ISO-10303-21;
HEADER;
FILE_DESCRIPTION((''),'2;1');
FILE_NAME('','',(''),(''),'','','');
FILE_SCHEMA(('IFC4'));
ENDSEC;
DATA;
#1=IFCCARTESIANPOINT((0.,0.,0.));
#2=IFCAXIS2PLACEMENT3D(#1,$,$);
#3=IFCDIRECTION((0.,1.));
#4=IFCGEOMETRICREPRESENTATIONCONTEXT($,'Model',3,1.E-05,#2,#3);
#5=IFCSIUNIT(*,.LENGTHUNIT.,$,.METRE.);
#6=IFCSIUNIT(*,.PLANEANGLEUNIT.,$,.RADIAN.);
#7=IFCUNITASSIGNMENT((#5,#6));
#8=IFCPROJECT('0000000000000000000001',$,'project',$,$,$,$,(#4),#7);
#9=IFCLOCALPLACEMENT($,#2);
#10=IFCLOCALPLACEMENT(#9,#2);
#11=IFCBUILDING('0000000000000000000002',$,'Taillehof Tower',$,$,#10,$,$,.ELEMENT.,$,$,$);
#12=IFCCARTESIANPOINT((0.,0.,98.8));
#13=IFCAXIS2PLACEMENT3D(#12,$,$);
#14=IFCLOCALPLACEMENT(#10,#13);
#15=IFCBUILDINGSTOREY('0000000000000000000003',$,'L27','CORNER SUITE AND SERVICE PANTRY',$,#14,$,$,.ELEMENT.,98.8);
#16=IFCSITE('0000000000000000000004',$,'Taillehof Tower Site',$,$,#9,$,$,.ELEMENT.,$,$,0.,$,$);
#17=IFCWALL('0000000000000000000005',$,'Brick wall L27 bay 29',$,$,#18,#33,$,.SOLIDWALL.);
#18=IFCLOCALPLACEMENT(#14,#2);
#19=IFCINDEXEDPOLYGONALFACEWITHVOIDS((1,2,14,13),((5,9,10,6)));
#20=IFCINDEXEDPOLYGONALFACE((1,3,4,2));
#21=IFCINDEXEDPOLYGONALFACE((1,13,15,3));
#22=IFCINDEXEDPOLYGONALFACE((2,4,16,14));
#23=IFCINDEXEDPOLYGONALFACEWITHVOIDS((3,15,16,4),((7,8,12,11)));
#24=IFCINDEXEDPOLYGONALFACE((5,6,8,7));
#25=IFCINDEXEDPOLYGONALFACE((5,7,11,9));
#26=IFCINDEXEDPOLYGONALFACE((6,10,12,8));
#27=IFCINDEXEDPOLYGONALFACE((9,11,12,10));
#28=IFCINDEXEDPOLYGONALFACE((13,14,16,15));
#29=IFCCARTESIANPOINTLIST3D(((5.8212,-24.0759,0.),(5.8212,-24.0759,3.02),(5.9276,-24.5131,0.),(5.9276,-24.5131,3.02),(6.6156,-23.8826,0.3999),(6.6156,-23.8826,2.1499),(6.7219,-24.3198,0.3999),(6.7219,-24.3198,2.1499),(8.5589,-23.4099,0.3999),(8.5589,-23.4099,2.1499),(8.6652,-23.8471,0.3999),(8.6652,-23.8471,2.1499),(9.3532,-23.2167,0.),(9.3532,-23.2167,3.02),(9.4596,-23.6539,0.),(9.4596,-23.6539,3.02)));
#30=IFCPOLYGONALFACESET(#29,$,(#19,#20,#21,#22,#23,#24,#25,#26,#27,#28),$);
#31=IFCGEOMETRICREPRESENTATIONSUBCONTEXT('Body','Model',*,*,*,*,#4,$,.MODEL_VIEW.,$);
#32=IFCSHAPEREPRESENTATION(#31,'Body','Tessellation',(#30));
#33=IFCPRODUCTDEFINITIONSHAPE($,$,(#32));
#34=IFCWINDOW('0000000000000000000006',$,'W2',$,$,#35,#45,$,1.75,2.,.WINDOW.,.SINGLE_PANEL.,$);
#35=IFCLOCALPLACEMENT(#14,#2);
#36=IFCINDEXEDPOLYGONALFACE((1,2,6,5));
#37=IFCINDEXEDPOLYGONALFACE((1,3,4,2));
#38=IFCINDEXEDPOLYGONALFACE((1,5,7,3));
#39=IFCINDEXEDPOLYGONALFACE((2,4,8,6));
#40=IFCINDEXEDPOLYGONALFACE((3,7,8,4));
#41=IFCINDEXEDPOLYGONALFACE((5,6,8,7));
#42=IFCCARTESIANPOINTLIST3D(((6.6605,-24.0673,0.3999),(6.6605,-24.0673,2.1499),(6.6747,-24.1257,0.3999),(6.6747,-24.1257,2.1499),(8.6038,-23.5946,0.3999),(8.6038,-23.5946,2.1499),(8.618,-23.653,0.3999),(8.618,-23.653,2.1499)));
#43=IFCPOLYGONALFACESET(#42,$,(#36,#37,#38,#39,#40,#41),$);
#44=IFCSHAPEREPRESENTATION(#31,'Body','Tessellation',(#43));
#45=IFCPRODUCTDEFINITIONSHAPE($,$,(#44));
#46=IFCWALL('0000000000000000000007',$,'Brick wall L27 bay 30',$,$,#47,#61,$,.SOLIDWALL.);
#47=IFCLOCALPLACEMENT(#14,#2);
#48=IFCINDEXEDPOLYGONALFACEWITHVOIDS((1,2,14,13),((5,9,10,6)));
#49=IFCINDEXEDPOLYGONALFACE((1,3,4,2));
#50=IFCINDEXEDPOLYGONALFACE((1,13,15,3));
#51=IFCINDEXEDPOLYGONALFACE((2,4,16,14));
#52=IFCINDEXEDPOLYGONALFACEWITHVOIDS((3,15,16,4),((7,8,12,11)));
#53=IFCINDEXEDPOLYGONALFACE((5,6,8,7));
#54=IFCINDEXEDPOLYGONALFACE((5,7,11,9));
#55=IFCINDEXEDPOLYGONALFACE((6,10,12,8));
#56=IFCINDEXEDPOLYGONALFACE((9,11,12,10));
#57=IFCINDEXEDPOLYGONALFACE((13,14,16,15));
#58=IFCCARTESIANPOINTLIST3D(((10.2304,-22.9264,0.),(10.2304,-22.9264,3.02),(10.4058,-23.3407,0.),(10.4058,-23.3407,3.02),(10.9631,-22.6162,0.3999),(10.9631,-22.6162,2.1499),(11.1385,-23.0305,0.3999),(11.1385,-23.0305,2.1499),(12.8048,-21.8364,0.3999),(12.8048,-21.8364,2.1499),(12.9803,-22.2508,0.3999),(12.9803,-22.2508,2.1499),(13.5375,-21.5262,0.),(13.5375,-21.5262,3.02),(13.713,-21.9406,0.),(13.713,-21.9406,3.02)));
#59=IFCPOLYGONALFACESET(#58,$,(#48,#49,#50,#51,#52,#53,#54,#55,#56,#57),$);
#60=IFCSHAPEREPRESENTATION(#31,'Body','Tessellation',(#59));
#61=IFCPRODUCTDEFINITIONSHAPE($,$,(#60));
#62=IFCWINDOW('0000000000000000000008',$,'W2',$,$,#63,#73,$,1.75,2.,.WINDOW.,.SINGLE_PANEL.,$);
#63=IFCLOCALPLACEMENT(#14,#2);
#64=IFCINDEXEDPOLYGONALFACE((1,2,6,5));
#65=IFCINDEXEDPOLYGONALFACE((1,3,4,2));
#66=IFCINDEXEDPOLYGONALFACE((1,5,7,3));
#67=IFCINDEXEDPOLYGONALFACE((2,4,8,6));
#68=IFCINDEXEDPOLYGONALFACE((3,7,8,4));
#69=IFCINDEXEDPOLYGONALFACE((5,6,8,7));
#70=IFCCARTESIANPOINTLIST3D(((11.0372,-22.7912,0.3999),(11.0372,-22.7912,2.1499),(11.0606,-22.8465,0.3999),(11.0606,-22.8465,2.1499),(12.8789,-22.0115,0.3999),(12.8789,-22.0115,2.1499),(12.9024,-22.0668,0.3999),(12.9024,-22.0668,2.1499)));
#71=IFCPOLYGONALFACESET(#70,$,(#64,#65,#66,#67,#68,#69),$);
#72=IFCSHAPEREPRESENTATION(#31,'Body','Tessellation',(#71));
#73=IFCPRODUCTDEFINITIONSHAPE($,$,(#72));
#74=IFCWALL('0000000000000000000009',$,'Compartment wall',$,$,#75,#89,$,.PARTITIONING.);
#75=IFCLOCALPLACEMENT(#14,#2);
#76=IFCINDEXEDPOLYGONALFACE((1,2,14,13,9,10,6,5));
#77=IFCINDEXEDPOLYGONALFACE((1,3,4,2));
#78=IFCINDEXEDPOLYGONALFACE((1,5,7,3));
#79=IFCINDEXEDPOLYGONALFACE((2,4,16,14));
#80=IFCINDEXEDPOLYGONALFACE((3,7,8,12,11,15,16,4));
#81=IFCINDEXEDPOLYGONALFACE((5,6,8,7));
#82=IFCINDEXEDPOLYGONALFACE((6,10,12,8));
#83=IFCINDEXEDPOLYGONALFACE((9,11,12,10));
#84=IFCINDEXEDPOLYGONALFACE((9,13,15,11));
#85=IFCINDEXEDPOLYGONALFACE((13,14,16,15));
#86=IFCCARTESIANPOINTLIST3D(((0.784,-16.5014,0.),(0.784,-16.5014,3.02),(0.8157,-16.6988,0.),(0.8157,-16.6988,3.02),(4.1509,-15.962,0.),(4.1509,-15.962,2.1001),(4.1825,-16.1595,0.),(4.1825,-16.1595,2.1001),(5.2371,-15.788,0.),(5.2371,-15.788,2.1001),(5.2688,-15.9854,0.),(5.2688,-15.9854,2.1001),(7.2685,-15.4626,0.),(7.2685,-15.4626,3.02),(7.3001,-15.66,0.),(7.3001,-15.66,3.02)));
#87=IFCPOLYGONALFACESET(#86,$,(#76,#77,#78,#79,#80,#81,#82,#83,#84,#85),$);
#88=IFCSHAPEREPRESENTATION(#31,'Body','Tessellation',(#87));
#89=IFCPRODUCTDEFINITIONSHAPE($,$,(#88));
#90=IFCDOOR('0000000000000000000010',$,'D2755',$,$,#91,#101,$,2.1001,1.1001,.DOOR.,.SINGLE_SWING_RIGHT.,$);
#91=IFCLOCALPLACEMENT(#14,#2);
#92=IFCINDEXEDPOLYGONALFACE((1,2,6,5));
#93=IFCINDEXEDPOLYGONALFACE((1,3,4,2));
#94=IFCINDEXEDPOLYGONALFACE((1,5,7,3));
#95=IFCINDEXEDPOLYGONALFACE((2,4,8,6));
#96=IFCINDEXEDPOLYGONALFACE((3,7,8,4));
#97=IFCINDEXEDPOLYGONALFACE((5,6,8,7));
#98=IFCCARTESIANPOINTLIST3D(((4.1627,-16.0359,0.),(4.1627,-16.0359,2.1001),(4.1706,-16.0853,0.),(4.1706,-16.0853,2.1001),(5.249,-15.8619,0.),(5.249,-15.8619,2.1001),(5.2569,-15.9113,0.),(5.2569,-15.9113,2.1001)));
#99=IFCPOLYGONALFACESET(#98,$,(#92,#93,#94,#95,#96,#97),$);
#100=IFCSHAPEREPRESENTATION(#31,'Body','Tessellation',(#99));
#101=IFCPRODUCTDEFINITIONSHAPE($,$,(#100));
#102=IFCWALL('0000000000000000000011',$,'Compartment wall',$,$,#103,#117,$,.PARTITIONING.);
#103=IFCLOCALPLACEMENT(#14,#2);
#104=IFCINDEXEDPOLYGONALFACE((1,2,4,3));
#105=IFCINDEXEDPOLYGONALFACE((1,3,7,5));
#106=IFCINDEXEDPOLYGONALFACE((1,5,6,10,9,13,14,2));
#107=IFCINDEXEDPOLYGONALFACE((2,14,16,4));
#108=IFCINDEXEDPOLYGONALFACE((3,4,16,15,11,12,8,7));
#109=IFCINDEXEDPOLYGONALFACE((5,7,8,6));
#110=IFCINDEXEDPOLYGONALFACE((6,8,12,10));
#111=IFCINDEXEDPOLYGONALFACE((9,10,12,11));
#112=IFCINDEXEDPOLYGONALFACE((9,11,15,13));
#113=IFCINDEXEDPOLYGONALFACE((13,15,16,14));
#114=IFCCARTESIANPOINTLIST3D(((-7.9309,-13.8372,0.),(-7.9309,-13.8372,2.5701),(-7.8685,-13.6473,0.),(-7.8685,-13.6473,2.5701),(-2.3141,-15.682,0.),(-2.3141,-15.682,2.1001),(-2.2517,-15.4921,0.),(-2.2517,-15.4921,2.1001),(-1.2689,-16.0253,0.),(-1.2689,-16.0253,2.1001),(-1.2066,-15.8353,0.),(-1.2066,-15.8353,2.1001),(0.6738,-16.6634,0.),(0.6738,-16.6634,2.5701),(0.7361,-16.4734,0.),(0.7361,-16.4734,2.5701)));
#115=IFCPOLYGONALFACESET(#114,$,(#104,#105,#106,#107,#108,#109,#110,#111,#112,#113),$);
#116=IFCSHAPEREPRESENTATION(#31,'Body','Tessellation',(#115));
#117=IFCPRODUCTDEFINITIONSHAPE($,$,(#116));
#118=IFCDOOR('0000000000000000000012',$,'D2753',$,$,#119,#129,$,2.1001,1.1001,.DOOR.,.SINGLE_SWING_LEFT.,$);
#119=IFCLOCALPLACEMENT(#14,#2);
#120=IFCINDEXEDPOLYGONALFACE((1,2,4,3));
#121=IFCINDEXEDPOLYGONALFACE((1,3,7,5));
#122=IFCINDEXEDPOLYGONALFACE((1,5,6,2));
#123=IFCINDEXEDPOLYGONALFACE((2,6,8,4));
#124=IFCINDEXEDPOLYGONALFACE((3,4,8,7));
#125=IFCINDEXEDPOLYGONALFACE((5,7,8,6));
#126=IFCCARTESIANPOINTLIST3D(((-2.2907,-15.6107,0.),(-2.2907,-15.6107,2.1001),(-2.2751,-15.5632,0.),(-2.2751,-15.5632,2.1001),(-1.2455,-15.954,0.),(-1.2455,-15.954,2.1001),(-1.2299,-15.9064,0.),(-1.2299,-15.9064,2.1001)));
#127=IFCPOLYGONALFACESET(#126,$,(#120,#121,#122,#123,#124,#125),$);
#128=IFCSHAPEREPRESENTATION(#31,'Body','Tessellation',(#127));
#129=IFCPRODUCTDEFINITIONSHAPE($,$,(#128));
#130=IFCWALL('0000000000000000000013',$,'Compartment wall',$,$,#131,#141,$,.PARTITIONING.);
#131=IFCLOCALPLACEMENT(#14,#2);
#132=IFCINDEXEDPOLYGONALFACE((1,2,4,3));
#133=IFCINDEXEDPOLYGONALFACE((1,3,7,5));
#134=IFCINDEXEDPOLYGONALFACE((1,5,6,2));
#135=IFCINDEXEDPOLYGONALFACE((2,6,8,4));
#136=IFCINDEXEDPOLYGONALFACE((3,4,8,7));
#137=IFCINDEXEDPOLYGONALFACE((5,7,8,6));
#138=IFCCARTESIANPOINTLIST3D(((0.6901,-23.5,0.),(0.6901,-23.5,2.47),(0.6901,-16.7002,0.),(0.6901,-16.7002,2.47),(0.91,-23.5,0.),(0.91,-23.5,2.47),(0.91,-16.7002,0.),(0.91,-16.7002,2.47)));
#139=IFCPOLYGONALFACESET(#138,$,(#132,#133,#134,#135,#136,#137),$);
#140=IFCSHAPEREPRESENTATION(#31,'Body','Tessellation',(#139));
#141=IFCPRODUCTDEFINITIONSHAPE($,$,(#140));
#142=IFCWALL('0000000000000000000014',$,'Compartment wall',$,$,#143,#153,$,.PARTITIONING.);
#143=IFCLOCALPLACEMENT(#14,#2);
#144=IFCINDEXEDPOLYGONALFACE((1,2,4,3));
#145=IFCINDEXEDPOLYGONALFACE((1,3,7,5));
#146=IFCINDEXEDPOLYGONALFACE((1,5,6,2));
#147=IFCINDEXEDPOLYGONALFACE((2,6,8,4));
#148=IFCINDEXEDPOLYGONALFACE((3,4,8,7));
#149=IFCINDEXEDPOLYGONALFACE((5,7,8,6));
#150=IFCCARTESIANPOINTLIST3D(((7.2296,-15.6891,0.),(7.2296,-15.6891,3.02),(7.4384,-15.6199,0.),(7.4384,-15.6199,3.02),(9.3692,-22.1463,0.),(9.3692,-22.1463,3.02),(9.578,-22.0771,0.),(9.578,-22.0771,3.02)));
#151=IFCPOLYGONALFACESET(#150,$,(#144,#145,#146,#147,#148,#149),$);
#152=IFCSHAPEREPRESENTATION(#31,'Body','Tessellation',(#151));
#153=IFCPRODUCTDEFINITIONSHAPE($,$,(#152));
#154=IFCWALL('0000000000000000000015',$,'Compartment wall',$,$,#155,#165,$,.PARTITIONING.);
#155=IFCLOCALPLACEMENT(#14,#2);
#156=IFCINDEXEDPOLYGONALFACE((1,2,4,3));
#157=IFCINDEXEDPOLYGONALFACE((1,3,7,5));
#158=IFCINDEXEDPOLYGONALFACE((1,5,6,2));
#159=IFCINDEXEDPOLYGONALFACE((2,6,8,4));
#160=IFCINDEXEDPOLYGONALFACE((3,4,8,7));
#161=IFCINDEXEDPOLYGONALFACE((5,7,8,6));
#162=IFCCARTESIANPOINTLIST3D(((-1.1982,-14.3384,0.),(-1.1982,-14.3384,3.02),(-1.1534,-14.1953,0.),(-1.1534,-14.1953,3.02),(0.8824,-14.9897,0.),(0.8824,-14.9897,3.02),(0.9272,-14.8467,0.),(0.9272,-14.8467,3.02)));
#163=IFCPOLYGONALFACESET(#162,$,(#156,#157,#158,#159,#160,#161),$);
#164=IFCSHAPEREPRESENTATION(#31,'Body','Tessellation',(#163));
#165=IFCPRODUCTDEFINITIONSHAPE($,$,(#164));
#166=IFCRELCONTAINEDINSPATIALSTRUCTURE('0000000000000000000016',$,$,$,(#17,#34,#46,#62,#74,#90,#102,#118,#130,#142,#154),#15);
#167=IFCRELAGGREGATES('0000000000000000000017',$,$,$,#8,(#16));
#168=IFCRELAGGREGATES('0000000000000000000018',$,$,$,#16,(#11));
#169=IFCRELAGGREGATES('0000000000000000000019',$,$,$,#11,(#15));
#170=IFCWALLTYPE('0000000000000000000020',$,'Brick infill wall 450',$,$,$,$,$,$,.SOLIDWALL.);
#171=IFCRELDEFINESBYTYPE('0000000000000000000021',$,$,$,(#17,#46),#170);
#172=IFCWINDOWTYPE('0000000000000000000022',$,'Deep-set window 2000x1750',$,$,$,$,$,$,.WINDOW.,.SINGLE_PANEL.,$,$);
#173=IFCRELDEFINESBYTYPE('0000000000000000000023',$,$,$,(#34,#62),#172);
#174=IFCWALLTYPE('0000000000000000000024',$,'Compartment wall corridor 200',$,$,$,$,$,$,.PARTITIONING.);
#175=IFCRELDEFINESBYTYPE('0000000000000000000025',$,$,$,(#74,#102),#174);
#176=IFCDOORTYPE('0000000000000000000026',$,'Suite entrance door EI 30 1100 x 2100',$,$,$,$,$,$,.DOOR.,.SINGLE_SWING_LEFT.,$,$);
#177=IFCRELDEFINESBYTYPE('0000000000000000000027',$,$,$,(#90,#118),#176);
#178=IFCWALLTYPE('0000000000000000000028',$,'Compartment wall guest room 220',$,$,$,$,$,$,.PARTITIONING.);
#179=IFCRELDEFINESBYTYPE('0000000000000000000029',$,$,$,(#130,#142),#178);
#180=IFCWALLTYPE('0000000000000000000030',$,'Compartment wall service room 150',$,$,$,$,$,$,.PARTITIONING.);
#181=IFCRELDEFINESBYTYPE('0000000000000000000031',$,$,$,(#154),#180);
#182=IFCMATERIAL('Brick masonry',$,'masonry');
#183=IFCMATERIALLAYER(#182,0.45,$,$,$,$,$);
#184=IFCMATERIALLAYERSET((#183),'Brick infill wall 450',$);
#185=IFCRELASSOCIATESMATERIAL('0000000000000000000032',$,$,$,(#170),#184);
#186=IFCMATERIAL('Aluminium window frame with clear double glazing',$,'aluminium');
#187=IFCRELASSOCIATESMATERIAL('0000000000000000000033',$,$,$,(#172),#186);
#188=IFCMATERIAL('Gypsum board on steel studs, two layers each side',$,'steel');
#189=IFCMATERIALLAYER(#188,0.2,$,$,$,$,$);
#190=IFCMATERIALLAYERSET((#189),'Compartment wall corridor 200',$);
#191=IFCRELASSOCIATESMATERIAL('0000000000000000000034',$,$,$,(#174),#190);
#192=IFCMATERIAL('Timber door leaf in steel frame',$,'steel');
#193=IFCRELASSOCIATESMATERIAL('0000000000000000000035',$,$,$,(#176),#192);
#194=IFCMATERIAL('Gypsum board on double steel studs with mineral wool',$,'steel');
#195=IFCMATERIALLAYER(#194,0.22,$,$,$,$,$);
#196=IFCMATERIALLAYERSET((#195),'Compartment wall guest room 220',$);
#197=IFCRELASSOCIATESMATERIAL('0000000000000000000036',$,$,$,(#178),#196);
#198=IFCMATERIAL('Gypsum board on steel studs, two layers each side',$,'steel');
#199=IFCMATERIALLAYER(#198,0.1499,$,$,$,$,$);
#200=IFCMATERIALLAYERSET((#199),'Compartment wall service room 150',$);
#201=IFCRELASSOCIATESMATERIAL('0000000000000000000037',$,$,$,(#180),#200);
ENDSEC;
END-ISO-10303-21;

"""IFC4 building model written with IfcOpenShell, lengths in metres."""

from ifc_helpers import new_model, si_unit, direction, frame, frame_2d, origin, place, context, subcontext, project, spatial, rectangle, extrude, material, layer, layer_set, type_object, element, fill, save


model = new_model("IFC4")

# Units and contexts
model_context = context("Model", 3, precision=1e-05, world=origin(), true_north=direction((0.0, 1.0)))
body_context = subcontext(model_context, "Body", "Model", "MODEL_VIEW")
ifc_project = project(units=[si_unit("LENGTHUNIT", "METRE"), si_unit("PLANEANGLEUNIT", "RADIAN")], contexts=[model_context])

# Site, building, storey
site_placement = place(None, origin())
site = spatial("IfcSite", under=ifc_project, at=site_placement, Name="Taillehof Tower Site", CompositionType="ELEMENT", RefElevation=0.0)
building_placement = place(site_placement, origin())
building = spatial("IfcBuilding", under=site, at=building_placement, Name="Taillehof Tower", CompositionType="ELEMENT")
storey_placement = place(building_placement, frame((0.0, 0.0, 98.8)))
storey = spatial("IfcBuildingStorey", under=building, at=storey_placement, Name="L27", Description="CORNER SUITE AND SERVICE PANTRY", CompositionType="ELEMENT", Elevation=98.8)

# Walls, openings, windows
ifc_material_1 = material(Name="Brick masonry", Category="masonry")
ifc_layer_1 = layer(ifc_material_1, 0.45)
ifc_layer_set_1 = layer_set([ifc_layer_1], Name="Brick infill wall 450")
wall_type_1 = type_object("IfcWallType", Name="Brick infill wall 450", PredefinedType="SOLIDWALL", material=ifc_layer_set_1)
ifc_material_2 = material(Name="Aluminium window frame with clear double glazing", Category="aluminium")
window_type = type_object("IfcWindowType", Name="Deep-set window 2000x1750", PartitioningType="SINGLE_PANEL", PredefinedType="WINDOW", material=ifc_material_2)
wall_1_placement = place(storey_placement, frame((5.8745, -24.2944, 0.0), z_axis=(0.0, 0.0, 1.0), x_axis=(0.971668, 0.236352, 0.0)))
wall_1 = element("IfcWall", 1, at=wall_1_placement, inside=storey, type_object=wall_type_1, Name="Brick wall L27 bay 29", PredefinedType="SOLIDWALL", context=body_context, shape_type="SweptSolid", body=[
    extrude(rectangle(XDim=3.635, YDim=0.45, at=frame_2d((1.8174, 0.0))), origin(), (0.0, 0.0, 1.0), 3.02),
])
opening_1_placement = place(wall_1_placement, frame((0.8174, 0.0, 0.3999)))
opening_1 = element("IfcOpeningElement", 2, at=opening_1_placement, cuts=wall_1, PredefinedType="OPENING", context=body_context, shape_type="SweptSolid", body=[
    extrude(rectangle(XDim=2.0, YDim=1.75, at=frame_2d((1.0, 0.875))), frame((0.0, 0.2349, 0.0), z_axis=(0.0, -1.0, 0.0), x_axis=(1.0, 0.0, 0.0)), (0.0, 0.0, 1.0), 0.47),
])
window_1_placement = place(opening_1_placement, origin())
window_1 = element("IfcWindow", 3, at=window_1_placement, inside=storey, type_object=window_type, Name="W2", OverallHeight=1.75, OverallWidth=2.0, PartitioningType="SINGLE_PANEL", PredefinedType="WINDOW", context=body_context, shape_type="SweptSolid", body=[
    extrude(rectangle(XDim=2.0, YDim=1.75, at=frame_2d((1.0, 0.875))), frame((0.0, 0.0349, 0.0), z_axis=(0.0, -1.0, 0.0), x_axis=(1.0, 0.0, 0.0)), (0.0, 0.0, 1.0), 0.0601),
])
fill(opening_1, window_1)
wall_2_placement = place(storey_placement, frame((10.3181, -23.1335, 0.0), z_axis=(0.0, 0.0, 1.0), x_axis=(0.92087, 0.389871, 0.0)))
wall_2 = element("IfcWall", 4, at=wall_2_placement, inside=storey, type_object=wall_type_1, Name="Brick wall L27 bay 30", PredefinedType="SOLIDWALL", context=body_context, shape_type="SweptSolid", body=[
    extrude(rectangle(XDim=3.5913, YDim=0.45, at=frame_2d((1.7957, 0.0))), origin(), (0.0, 0.0, 1.0), 3.02),
])
opening_2_placement = place(wall_2_placement, frame((0.7957, 0.0, 0.3999)))
opening_2 = element("IfcOpeningElement", 5, at=opening_2_placement, cuts=wall_2, PredefinedType="OPENING", context=body_context, shape_type="SweptSolid", body=[
    extrude(rectangle(XDim=2.0, YDim=1.75, at=frame_2d((1.0, 0.875))), frame((0.0, 0.2349, 0.0), z_axis=(0.0, -1.0, 0.0), x_axis=(1.0, 0.0, 0.0)), (0.0, 0.0, 1.0), 0.47),
])
window_2_placement = place(opening_2_placement, origin())
window_2 = element("IfcWindow", 6, at=window_2_placement, inside=storey, type_object=window_type, Name="W2", OverallHeight=1.75, OverallWidth=2.0, PartitioningType="SINGLE_PANEL", PredefinedType="WINDOW", context=body_context, shape_type="SweptSolid", body=[
    extrude(rectangle(XDim=2.0, YDim=1.75, at=frame_2d((1.0, 0.875))), frame((0.0, 0.0349, 0.0), z_axis=(0.0, -1.0, 0.0), x_axis=(1.0, 0.0, 0.0)), (0.0, 0.0, 1.0), 0.0601),
])
fill(opening_2, window_2)

# Walls, openings, doors
ifc_material_3 = material(Name="Gypsum board on steel studs, two layers each side", Category="steel")
ifc_layer_2 = layer(ifc_material_3, 0.2)
ifc_layer_set_2 = layer_set([ifc_layer_2], Name="Compartment wall corridor 200")
wall_type_2 = type_object("IfcWallType", Name="Compartment wall corridor 200", PredefinedType="PARTITIONING", material=ifc_layer_set_2)
wall_3_placement = place(storey_placement, frame((7.2844, -15.5613, 0.0), z_axis=(0.0, 0.0, 1.0), x_axis=(-0.987409, -0.158186, 0.0)))
wall_3 = element("IfcWall", 7, at=wall_3_placement, inside=storey, type_object=wall_type_2, Name="Compartment wall", PredefinedType="PARTITIONING", context=body_context, shape_type="SweptSolid", body=[
    extrude(rectangle(XDim=6.5671, YDim=0.2, at=frame_2d((3.2837, 0.0))), origin(), (0.0, 0.0, 1.0), 3.02),
])
opening_3_placement = place(wall_3_placement, frame((2.0574, 0.0, 0.0)))
opening_3 = element("IfcOpeningElement", 8, at=opening_3_placement, cuts=wall_3, PredefinedType="OPENING", context=body_context, shape_type="SweptSolid", body=[
    extrude(rectangle(XDim=1.1001, YDim=2.1001, at=frame_2d((0.55, 1.05))), frame((0.0, 0.1099, 0.0), z_axis=(0.0, -1.0, 0.0), x_axis=(1.0, 0.0, 0.0)), (0.0, 0.0, 1.0), 0.22),
])
ifc_material_4 = material(Name="Timber door leaf in steel frame", Category="steel")
door_type_1 = type_object("IfcDoorType", Name="Suite entrance door EI 30 1100 x 2100", OperationType="SINGLE_SWING_LEFT", PredefinedType="DOOR", material=ifc_material_4)
door_1_placement = place(opening_3_placement, origin())
door_1 = element("IfcDoor", 9, at=door_1_placement, inside=storey, type_object=door_type_1, Name="D2755", OperationType="SINGLE_SWING_RIGHT", OverallHeight=2.1001, OverallWidth=1.1001, PredefinedType="DOOR", context=body_context, shape_type="SweptSolid", body=[
    extrude(rectangle(XDim=1.1001, YDim=2.1001, at=frame_2d((0.55, 1.05))), frame((0.0, 0.0249, 0.0), z_axis=(0.0, -1.0, 0.0), x_axis=(1.0, 0.0, 0.0)), (0.0, 0.0, 1.0), 0.05),
])
fill(opening_3, door_1)
wall_4_placement = place(storey_placement, frame((0.7048, -16.5684, 0.0), z_axis=(0.0, 0.0, 1.0), x_axis=(-0.950068, 0.312044, 0.0)))
wall_4 = element("IfcWall", 10, at=wall_4_placement, inside=storey, type_object=wall_type_2, Name="Compartment wall", PredefinedType="PARTITIONING", context=body_context, shape_type="SweptSolid", body=[
    extrude(rectangle(XDim=9.0569, YDim=0.2, at=frame_2d((4.5283, 0.0))), origin(), (0.0, 0.0, 1.0), 2.5701),
])
opening_4_placement = place(wall_4_placement, frame((2.0447, 0.0, 0.0)))
opening_4 = element("IfcOpeningElement", 11, at=opening_4_placement, cuts=wall_4, PredefinedType="OPENING", context=body_context, shape_type="SweptSolid", body=[
    extrude(rectangle(XDim=1.1001, YDim=2.1001, at=frame_2d((0.55, 1.05))), frame((0.0, 0.1099, 0.0), z_axis=(0.0, -1.0, 0.0), x_axis=(1.0, 0.0, 0.0)), (0.0, 0.0, 1.0), 0.22),
])
door_2_placement = place(opening_4_placement, origin())
door_2 = element("IfcDoor", 12, at=door_2_placement, inside=storey, type_object=door_type_1, Name="D2753", OperationType="SINGLE_SWING_LEFT", OverallHeight=2.1001, OverallWidth=1.1001, PredefinedType="DOOR", context=body_context, shape_type="SweptSolid", body=[
    extrude(rectangle(XDim=1.1001, YDim=2.1001, at=frame_2d((0.55, 1.05))), frame((0.0, 0.0249, 0.0), z_axis=(0.0, -1.0, 0.0), x_axis=(1.0, 0.0, 0.0)), (0.0, 0.0, 1.0), 0.05),
])
fill(opening_4, door_2)

# Walls
ifc_material_5 = material(Name="Gypsum board on double steel studs with mineral wool", Category="steel")
ifc_layer_3 = layer(ifc_material_5, 0.22)
ifc_layer_set_3 = layer_set([ifc_layer_3], Name="Compartment wall guest room 220")
wall_type_3 = type_object("IfcWallType", Name="Compartment wall guest room 220", PredefinedType="PARTITIONING", material=ifc_layer_set_3)
wall_5_placement = place(storey_placement, frame((0.8, -23.5, 0.0), z_axis=(0.0, 0.0, 1.0), x_axis=(0.0, 1.0, 0.0)))
element("IfcWall", 13, at=wall_5_placement, inside=storey, type_object=wall_type_3, Name="Compartment wall", PredefinedType="PARTITIONING", context=body_context, shape_type="SweptSolid", body=[
    extrude(rectangle(XDim=6.7998, YDim=0.22, at=frame_2d((3.3999, 0.0))), origin(), (0.0, 0.0, 1.0), 2.47),
])
wall_6_placement = place(storey_placement, frame((9.4736, -22.1118, 0.0), z_axis=(0.0, 0.0, 1.0), x_axis=(-0.314537, 0.949245, 0.0)))
element("IfcWall", 14, at=wall_6_placement, inside=storey, type_object=wall_type_3, Name="Compartment wall", PredefinedType="PARTITIONING", context=body_context, shape_type="SweptSolid", body=[
    extrude(rectangle(XDim=6.8025, YDim=0.22, at=frame_2d((3.4014, 0.0))), origin(), (0.0, 0.0, 1.0), 3.02),
])
ifc_material_6 = material(Name="Gypsum board on steel studs, two layers each side", Category="steel")
ifc_layer_4 = layer(ifc_material_6, 0.1499)
ifc_layer_set_4 = layer_set([ifc_layer_4], Name="Compartment wall service room 150")
wall_type_4 = type_object("IfcWallType", Name="Compartment wall service room 150", PredefinedType="PARTITIONING", material=ifc_layer_set_4)
wall_7_placement = place(storey_placement, frame((0.9048, -14.9182, 0.0), z_axis=(0.0, 0.0, 1.0), x_axis=(-0.954324, 0.298772, 0.0)))
element("IfcWall", 15, at=wall_7_placement, inside=storey, type_object=wall_type_4, Name="Compartment wall", PredefinedType="PARTITIONING", context=body_context, shape_type="SweptSolid", body=[
    extrude(rectangle(XDim=2.1802, YDim=0.1499, at=frame_2d((1.0901, 0.0))), origin(), (0.0, 0.0, 1.0), 3.02),
])

save(model, "model.ifc")
